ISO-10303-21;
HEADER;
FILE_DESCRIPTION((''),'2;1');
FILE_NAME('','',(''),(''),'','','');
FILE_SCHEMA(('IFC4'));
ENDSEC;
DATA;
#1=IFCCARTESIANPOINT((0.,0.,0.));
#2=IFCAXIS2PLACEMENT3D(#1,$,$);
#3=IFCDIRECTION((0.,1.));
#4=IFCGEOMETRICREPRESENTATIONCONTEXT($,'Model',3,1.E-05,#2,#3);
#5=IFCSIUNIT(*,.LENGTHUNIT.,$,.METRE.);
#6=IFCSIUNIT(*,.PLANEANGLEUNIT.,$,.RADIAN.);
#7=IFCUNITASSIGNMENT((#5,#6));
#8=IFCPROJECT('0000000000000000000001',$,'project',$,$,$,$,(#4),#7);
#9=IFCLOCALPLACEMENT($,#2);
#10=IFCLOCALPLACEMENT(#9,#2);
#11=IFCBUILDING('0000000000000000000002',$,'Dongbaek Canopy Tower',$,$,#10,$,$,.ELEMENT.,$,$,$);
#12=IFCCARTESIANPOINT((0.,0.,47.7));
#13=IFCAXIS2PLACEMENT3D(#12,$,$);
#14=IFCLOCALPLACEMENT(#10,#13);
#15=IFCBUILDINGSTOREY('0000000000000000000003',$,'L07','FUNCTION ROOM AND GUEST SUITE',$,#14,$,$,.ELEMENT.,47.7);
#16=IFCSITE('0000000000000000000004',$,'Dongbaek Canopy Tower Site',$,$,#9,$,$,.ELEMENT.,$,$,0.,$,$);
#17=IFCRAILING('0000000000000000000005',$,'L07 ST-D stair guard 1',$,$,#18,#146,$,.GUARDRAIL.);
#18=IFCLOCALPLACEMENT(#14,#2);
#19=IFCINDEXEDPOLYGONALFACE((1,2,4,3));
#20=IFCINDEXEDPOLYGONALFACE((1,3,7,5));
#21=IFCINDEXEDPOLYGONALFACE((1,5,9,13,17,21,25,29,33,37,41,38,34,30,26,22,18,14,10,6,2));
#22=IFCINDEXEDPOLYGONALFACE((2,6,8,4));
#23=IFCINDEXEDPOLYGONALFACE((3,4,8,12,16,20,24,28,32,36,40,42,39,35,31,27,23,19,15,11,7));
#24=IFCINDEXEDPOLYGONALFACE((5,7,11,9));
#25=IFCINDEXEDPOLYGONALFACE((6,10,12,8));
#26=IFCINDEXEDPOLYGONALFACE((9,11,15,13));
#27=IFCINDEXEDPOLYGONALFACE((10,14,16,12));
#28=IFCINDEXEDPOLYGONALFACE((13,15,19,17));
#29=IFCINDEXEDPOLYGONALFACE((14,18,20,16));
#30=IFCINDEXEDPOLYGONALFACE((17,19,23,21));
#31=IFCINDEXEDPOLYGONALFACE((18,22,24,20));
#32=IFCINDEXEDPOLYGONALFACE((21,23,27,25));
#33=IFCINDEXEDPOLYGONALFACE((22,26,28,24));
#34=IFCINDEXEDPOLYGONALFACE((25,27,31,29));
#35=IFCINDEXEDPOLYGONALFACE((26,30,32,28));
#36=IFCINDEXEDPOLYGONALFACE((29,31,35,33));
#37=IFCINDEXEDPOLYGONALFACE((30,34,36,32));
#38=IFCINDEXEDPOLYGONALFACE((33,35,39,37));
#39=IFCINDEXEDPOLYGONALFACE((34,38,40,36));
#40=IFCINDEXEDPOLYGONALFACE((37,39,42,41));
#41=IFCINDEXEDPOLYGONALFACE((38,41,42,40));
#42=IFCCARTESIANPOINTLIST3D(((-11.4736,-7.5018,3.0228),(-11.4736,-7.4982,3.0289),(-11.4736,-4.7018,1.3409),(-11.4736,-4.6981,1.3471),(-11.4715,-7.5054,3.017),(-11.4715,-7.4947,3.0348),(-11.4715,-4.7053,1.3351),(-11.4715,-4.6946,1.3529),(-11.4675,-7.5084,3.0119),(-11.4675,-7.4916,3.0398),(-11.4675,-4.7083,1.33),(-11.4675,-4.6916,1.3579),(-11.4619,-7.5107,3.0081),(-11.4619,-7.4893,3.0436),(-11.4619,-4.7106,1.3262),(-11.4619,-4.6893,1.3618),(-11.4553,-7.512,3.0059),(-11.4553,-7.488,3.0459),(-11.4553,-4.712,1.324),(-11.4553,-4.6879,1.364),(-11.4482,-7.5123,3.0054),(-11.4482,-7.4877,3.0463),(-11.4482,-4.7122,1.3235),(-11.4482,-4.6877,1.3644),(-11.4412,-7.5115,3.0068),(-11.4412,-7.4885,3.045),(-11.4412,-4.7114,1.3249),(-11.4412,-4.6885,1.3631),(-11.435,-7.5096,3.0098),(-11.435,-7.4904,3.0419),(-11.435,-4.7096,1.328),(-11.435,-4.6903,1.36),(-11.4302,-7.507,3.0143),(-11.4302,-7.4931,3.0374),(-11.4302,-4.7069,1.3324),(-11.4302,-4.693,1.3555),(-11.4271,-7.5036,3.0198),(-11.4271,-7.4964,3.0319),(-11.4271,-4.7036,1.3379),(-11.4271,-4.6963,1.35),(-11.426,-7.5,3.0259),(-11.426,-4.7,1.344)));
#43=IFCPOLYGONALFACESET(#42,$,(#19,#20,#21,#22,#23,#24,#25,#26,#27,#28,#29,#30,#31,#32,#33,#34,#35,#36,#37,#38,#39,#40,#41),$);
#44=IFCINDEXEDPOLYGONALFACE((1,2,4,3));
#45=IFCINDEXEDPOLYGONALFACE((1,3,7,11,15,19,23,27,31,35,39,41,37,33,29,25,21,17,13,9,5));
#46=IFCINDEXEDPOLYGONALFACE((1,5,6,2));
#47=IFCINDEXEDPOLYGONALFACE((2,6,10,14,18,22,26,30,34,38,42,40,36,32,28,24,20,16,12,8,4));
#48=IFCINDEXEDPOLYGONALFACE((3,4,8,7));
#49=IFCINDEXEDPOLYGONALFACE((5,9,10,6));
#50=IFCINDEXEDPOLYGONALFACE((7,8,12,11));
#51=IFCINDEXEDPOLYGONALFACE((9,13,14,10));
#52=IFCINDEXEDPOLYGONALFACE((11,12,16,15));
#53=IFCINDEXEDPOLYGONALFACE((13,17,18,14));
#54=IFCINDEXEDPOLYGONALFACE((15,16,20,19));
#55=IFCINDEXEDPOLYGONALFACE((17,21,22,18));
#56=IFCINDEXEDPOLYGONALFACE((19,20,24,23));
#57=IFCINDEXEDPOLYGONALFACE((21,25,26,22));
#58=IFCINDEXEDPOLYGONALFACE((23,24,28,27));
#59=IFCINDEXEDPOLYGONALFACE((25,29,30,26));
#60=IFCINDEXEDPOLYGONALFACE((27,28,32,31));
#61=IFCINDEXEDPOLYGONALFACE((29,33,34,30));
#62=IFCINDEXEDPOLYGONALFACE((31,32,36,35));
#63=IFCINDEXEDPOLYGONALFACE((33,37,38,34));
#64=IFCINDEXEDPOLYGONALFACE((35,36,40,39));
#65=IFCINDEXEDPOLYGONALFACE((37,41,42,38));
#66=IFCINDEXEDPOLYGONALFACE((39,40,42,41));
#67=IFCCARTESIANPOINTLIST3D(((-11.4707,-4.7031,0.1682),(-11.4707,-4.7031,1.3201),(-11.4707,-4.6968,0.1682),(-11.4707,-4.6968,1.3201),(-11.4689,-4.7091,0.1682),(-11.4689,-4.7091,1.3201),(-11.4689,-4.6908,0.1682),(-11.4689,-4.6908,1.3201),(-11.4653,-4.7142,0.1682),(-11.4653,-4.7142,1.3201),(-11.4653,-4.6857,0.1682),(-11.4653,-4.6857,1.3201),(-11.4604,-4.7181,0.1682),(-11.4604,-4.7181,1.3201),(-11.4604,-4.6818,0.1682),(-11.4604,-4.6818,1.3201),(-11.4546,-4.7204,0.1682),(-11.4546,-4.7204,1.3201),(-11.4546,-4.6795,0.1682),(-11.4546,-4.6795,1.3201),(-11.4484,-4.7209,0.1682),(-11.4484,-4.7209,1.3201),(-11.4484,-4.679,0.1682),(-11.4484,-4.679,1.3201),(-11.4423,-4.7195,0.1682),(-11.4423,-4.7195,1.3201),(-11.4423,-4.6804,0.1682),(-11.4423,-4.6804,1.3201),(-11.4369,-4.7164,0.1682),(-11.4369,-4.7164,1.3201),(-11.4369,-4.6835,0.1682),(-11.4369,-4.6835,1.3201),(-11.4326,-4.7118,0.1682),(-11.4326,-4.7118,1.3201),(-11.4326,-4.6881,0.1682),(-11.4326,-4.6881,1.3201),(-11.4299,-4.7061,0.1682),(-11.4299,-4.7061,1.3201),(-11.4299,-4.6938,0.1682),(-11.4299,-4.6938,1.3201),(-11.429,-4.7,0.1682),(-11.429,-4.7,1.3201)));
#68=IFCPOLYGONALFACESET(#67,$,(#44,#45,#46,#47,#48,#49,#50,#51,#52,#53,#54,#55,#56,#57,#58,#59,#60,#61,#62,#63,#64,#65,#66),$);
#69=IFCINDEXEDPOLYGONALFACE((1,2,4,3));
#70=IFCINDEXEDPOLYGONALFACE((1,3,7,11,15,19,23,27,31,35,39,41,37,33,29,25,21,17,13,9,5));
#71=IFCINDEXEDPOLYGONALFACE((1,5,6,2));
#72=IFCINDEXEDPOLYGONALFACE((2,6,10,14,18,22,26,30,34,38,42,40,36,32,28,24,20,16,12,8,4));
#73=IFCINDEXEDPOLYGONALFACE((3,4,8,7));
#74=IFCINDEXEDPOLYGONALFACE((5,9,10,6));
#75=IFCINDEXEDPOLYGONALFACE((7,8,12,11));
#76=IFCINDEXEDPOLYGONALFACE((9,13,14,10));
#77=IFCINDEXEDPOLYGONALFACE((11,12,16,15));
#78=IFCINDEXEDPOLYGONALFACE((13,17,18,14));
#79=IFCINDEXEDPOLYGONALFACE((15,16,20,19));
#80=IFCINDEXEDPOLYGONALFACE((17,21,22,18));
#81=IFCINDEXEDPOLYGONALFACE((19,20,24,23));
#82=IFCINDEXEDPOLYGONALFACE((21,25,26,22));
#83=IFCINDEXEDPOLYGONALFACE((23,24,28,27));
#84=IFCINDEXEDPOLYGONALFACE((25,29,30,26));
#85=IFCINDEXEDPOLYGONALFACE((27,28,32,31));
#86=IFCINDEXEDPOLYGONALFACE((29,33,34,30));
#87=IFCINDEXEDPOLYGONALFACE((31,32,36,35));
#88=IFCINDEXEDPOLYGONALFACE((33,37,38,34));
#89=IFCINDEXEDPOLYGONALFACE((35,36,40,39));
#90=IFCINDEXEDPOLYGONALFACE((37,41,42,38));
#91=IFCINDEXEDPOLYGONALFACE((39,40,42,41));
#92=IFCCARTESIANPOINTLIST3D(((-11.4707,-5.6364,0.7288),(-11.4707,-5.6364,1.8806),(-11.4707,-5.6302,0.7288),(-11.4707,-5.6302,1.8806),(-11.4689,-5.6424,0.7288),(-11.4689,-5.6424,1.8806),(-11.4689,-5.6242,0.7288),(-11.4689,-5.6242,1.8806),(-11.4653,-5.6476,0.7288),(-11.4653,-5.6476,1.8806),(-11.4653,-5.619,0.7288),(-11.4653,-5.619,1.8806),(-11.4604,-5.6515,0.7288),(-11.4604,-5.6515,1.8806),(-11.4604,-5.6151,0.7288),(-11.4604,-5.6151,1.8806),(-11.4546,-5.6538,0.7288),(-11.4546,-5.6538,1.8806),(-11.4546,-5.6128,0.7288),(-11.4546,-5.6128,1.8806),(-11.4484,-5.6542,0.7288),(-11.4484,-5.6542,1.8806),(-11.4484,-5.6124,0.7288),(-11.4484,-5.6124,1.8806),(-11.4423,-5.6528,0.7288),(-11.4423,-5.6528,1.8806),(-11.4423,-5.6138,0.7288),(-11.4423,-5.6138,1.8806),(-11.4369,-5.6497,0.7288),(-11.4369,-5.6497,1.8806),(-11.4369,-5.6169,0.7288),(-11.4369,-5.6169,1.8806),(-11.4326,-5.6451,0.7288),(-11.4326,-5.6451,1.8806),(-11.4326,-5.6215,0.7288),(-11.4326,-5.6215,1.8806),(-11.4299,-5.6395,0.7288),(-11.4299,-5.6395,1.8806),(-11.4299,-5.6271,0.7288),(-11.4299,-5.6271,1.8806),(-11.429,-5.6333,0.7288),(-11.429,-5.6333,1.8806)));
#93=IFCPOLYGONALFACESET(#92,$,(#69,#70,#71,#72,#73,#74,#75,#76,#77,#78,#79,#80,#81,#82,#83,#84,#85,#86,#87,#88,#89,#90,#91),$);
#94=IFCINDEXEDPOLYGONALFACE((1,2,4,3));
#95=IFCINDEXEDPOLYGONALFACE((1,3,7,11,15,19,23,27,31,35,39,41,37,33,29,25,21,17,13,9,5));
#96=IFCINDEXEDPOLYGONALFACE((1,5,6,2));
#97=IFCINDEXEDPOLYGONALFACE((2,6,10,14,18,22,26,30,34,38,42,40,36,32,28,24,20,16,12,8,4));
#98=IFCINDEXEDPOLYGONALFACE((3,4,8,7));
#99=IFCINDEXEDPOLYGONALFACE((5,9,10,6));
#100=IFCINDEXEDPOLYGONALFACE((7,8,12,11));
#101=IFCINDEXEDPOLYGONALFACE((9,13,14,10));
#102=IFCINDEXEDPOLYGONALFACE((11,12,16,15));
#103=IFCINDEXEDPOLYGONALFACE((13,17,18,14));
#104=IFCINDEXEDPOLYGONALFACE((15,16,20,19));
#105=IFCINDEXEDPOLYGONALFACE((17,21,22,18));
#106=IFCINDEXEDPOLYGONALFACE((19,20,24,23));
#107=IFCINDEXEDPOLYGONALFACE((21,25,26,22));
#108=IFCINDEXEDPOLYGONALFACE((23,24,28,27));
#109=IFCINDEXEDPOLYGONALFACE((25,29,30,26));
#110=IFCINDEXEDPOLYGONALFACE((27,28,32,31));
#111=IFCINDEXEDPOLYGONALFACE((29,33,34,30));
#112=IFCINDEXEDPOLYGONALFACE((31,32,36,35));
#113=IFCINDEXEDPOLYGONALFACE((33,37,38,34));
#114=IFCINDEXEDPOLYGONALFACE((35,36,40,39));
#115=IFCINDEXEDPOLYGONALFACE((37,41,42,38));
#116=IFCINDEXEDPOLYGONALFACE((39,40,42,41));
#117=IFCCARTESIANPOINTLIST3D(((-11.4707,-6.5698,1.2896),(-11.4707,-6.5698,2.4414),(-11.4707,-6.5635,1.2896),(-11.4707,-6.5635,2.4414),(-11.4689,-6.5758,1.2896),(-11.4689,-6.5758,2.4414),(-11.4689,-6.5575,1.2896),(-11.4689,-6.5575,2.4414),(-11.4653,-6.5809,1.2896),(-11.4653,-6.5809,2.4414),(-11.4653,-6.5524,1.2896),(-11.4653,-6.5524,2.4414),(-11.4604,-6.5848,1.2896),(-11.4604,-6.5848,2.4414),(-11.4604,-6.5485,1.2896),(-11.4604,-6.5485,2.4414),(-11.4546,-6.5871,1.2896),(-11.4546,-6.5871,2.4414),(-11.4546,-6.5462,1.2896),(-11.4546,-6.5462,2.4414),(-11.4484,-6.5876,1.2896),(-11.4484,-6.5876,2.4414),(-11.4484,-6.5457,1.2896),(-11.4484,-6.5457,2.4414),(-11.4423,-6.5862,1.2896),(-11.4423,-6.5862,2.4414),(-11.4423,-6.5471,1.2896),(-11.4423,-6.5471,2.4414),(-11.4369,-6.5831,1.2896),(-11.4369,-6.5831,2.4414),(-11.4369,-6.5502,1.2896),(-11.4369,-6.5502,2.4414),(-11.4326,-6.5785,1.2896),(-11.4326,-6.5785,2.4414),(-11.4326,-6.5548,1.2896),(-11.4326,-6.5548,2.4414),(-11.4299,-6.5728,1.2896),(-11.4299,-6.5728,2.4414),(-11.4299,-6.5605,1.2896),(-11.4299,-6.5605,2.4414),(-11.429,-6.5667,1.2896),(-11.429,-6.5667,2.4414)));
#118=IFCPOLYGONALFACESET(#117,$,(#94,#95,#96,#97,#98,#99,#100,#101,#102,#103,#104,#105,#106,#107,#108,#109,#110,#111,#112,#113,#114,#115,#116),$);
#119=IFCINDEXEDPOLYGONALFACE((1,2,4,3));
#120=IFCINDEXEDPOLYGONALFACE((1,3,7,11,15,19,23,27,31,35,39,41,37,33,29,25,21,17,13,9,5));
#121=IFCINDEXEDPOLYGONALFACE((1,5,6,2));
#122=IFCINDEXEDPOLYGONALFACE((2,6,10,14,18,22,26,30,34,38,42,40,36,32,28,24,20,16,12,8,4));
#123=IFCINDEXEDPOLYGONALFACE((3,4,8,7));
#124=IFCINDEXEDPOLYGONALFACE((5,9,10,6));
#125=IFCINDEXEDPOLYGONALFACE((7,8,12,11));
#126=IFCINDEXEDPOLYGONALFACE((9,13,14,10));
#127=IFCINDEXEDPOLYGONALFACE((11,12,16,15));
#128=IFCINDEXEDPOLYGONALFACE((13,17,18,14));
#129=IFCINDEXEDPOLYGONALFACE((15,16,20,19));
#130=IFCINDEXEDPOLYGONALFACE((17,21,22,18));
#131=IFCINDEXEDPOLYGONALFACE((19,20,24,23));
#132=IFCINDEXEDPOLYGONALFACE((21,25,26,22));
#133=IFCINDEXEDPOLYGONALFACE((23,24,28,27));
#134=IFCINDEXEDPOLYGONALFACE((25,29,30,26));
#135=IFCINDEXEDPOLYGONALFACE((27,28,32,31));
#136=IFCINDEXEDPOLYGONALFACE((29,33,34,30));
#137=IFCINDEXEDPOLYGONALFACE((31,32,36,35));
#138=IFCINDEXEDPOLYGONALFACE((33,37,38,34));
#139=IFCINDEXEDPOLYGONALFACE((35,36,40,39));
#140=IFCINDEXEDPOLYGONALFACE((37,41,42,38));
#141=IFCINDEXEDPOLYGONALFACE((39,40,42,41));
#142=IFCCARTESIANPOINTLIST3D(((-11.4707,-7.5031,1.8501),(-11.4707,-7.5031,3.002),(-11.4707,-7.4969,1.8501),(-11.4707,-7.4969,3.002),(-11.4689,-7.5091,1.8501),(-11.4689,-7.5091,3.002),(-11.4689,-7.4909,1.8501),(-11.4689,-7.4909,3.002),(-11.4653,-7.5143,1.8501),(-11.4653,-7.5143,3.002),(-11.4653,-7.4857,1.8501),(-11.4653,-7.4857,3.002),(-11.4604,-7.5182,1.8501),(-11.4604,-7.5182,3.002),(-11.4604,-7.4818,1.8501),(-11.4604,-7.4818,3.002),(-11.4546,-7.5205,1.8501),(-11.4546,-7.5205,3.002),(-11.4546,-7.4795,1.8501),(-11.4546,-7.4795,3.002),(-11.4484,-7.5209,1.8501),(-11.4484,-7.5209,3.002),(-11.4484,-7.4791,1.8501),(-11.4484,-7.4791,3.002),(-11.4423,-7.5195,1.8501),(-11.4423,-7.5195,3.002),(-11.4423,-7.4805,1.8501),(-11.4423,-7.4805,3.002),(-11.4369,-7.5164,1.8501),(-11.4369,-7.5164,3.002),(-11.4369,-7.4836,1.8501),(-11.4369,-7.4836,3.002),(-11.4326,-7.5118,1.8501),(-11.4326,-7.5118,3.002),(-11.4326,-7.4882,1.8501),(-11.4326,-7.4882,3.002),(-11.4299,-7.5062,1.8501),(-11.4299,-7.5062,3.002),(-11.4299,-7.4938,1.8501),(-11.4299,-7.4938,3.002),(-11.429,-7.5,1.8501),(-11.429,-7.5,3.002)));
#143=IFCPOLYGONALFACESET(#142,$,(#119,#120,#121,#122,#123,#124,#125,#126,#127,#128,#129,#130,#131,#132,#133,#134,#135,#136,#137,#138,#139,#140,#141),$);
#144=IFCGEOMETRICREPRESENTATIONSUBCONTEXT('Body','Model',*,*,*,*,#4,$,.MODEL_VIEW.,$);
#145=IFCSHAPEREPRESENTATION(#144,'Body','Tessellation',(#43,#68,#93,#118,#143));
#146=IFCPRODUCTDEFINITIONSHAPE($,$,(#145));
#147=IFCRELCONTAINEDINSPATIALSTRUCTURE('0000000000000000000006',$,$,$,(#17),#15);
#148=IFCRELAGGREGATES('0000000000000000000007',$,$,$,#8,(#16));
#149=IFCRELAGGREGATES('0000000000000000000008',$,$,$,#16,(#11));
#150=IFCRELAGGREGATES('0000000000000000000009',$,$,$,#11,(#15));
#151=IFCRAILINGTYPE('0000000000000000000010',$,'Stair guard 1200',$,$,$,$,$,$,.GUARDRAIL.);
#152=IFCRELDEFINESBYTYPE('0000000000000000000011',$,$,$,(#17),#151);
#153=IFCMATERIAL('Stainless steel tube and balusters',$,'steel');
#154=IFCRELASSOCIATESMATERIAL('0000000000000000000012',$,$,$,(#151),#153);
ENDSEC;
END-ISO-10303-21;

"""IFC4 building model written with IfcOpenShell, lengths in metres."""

from ifc_helpers import new_model, si_unit, direction, frame, origin, origin_2d, place, context, subcontext, project, spatial, circle, extrude, material, type_object, element, save


model = new_model("IFC4")

# Units and contexts
model_context = context("Model", 3, precision=1e-05, world=origin(), true_north=direction((0.0, 1.0)))
body_context = subcontext(model_context, "Body", "Model", "MODEL_VIEW")
ifc_project = project(units=[si_unit("LENGTHUNIT", "METRE"), si_unit("PLANEANGLEUNIT", "RADIAN")], contexts=[model_context])

# Site, building, storey
site_placement = place(None, origin())
site = spatial("IfcSite", under=ifc_project, at=site_placement, Name="Dongbaek Canopy Tower Site", CompositionType="ELEMENT", RefElevation=0.0)
building_placement = place(site_placement, origin())
building = spatial("IfcBuilding", under=site, at=building_placement, Name="Dongbaek Canopy Tower", CompositionType="ELEMENT")
storey_placement = place(building_placement, frame((0.0, 0.0, 47.7)))
storey = spatial("IfcBuildingStorey", under=building, at=storey_placement, Name="L07", Description="FUNCTION ROOM AND GUEST SUITE", CompositionType="ELEMENT", Elevation=47.7)

# Railing
ifc_material_1 = material(Name="Stainless steel tube and balusters", Category="steel")
railing_type_1 = type_object("IfcRailingType", Name="Stair guard 1200", PredefinedType="GUARDRAIL", material=ifc_material_1)
railing_1_placement = place(storey_placement, frame((-11.45, -4.7, 0.1682)))
element("IfcRailing", 1, at=railing_1_placement, inside=storey, type_object=railing_type_1, Name="L07 ST-D stair guard 1", PredefinedType="GUARDRAIL", context=body_context, shape_type="SweptSolid", body=[
    extrude(circle(Radius=0.0239, at=origin_2d()), frame((0.0, 0.0, 1.1758), z_axis=(0.0, -0.857242, 0.514913), x_axis=(1.0, 0.0, 0.0)), (0.0, 0.0, 1.0), 3.2664),
    extrude(circle(Radius=0.021, at=origin_2d()), origin(), (0.0, 0.0, 1.0), 1.1519),
    extrude(circle(Radius=0.021, at=origin_2d()), frame((0.0, -0.9333, 0.5605)), (0.0, 0.0, 1.0), 1.1519),
    extrude(circle(Radius=0.021, at=origin_2d()), frame((0.0, -1.8667, 1.1213)), (0.0, 0.0, 1.0), 1.1519),
    extrude(circle(Radius=0.021, at=origin_2d()), frame((0.0, -2.8, 1.6819)), (0.0, 0.0, 1.0), 1.1519),
])

save(model, "model.ifc")
